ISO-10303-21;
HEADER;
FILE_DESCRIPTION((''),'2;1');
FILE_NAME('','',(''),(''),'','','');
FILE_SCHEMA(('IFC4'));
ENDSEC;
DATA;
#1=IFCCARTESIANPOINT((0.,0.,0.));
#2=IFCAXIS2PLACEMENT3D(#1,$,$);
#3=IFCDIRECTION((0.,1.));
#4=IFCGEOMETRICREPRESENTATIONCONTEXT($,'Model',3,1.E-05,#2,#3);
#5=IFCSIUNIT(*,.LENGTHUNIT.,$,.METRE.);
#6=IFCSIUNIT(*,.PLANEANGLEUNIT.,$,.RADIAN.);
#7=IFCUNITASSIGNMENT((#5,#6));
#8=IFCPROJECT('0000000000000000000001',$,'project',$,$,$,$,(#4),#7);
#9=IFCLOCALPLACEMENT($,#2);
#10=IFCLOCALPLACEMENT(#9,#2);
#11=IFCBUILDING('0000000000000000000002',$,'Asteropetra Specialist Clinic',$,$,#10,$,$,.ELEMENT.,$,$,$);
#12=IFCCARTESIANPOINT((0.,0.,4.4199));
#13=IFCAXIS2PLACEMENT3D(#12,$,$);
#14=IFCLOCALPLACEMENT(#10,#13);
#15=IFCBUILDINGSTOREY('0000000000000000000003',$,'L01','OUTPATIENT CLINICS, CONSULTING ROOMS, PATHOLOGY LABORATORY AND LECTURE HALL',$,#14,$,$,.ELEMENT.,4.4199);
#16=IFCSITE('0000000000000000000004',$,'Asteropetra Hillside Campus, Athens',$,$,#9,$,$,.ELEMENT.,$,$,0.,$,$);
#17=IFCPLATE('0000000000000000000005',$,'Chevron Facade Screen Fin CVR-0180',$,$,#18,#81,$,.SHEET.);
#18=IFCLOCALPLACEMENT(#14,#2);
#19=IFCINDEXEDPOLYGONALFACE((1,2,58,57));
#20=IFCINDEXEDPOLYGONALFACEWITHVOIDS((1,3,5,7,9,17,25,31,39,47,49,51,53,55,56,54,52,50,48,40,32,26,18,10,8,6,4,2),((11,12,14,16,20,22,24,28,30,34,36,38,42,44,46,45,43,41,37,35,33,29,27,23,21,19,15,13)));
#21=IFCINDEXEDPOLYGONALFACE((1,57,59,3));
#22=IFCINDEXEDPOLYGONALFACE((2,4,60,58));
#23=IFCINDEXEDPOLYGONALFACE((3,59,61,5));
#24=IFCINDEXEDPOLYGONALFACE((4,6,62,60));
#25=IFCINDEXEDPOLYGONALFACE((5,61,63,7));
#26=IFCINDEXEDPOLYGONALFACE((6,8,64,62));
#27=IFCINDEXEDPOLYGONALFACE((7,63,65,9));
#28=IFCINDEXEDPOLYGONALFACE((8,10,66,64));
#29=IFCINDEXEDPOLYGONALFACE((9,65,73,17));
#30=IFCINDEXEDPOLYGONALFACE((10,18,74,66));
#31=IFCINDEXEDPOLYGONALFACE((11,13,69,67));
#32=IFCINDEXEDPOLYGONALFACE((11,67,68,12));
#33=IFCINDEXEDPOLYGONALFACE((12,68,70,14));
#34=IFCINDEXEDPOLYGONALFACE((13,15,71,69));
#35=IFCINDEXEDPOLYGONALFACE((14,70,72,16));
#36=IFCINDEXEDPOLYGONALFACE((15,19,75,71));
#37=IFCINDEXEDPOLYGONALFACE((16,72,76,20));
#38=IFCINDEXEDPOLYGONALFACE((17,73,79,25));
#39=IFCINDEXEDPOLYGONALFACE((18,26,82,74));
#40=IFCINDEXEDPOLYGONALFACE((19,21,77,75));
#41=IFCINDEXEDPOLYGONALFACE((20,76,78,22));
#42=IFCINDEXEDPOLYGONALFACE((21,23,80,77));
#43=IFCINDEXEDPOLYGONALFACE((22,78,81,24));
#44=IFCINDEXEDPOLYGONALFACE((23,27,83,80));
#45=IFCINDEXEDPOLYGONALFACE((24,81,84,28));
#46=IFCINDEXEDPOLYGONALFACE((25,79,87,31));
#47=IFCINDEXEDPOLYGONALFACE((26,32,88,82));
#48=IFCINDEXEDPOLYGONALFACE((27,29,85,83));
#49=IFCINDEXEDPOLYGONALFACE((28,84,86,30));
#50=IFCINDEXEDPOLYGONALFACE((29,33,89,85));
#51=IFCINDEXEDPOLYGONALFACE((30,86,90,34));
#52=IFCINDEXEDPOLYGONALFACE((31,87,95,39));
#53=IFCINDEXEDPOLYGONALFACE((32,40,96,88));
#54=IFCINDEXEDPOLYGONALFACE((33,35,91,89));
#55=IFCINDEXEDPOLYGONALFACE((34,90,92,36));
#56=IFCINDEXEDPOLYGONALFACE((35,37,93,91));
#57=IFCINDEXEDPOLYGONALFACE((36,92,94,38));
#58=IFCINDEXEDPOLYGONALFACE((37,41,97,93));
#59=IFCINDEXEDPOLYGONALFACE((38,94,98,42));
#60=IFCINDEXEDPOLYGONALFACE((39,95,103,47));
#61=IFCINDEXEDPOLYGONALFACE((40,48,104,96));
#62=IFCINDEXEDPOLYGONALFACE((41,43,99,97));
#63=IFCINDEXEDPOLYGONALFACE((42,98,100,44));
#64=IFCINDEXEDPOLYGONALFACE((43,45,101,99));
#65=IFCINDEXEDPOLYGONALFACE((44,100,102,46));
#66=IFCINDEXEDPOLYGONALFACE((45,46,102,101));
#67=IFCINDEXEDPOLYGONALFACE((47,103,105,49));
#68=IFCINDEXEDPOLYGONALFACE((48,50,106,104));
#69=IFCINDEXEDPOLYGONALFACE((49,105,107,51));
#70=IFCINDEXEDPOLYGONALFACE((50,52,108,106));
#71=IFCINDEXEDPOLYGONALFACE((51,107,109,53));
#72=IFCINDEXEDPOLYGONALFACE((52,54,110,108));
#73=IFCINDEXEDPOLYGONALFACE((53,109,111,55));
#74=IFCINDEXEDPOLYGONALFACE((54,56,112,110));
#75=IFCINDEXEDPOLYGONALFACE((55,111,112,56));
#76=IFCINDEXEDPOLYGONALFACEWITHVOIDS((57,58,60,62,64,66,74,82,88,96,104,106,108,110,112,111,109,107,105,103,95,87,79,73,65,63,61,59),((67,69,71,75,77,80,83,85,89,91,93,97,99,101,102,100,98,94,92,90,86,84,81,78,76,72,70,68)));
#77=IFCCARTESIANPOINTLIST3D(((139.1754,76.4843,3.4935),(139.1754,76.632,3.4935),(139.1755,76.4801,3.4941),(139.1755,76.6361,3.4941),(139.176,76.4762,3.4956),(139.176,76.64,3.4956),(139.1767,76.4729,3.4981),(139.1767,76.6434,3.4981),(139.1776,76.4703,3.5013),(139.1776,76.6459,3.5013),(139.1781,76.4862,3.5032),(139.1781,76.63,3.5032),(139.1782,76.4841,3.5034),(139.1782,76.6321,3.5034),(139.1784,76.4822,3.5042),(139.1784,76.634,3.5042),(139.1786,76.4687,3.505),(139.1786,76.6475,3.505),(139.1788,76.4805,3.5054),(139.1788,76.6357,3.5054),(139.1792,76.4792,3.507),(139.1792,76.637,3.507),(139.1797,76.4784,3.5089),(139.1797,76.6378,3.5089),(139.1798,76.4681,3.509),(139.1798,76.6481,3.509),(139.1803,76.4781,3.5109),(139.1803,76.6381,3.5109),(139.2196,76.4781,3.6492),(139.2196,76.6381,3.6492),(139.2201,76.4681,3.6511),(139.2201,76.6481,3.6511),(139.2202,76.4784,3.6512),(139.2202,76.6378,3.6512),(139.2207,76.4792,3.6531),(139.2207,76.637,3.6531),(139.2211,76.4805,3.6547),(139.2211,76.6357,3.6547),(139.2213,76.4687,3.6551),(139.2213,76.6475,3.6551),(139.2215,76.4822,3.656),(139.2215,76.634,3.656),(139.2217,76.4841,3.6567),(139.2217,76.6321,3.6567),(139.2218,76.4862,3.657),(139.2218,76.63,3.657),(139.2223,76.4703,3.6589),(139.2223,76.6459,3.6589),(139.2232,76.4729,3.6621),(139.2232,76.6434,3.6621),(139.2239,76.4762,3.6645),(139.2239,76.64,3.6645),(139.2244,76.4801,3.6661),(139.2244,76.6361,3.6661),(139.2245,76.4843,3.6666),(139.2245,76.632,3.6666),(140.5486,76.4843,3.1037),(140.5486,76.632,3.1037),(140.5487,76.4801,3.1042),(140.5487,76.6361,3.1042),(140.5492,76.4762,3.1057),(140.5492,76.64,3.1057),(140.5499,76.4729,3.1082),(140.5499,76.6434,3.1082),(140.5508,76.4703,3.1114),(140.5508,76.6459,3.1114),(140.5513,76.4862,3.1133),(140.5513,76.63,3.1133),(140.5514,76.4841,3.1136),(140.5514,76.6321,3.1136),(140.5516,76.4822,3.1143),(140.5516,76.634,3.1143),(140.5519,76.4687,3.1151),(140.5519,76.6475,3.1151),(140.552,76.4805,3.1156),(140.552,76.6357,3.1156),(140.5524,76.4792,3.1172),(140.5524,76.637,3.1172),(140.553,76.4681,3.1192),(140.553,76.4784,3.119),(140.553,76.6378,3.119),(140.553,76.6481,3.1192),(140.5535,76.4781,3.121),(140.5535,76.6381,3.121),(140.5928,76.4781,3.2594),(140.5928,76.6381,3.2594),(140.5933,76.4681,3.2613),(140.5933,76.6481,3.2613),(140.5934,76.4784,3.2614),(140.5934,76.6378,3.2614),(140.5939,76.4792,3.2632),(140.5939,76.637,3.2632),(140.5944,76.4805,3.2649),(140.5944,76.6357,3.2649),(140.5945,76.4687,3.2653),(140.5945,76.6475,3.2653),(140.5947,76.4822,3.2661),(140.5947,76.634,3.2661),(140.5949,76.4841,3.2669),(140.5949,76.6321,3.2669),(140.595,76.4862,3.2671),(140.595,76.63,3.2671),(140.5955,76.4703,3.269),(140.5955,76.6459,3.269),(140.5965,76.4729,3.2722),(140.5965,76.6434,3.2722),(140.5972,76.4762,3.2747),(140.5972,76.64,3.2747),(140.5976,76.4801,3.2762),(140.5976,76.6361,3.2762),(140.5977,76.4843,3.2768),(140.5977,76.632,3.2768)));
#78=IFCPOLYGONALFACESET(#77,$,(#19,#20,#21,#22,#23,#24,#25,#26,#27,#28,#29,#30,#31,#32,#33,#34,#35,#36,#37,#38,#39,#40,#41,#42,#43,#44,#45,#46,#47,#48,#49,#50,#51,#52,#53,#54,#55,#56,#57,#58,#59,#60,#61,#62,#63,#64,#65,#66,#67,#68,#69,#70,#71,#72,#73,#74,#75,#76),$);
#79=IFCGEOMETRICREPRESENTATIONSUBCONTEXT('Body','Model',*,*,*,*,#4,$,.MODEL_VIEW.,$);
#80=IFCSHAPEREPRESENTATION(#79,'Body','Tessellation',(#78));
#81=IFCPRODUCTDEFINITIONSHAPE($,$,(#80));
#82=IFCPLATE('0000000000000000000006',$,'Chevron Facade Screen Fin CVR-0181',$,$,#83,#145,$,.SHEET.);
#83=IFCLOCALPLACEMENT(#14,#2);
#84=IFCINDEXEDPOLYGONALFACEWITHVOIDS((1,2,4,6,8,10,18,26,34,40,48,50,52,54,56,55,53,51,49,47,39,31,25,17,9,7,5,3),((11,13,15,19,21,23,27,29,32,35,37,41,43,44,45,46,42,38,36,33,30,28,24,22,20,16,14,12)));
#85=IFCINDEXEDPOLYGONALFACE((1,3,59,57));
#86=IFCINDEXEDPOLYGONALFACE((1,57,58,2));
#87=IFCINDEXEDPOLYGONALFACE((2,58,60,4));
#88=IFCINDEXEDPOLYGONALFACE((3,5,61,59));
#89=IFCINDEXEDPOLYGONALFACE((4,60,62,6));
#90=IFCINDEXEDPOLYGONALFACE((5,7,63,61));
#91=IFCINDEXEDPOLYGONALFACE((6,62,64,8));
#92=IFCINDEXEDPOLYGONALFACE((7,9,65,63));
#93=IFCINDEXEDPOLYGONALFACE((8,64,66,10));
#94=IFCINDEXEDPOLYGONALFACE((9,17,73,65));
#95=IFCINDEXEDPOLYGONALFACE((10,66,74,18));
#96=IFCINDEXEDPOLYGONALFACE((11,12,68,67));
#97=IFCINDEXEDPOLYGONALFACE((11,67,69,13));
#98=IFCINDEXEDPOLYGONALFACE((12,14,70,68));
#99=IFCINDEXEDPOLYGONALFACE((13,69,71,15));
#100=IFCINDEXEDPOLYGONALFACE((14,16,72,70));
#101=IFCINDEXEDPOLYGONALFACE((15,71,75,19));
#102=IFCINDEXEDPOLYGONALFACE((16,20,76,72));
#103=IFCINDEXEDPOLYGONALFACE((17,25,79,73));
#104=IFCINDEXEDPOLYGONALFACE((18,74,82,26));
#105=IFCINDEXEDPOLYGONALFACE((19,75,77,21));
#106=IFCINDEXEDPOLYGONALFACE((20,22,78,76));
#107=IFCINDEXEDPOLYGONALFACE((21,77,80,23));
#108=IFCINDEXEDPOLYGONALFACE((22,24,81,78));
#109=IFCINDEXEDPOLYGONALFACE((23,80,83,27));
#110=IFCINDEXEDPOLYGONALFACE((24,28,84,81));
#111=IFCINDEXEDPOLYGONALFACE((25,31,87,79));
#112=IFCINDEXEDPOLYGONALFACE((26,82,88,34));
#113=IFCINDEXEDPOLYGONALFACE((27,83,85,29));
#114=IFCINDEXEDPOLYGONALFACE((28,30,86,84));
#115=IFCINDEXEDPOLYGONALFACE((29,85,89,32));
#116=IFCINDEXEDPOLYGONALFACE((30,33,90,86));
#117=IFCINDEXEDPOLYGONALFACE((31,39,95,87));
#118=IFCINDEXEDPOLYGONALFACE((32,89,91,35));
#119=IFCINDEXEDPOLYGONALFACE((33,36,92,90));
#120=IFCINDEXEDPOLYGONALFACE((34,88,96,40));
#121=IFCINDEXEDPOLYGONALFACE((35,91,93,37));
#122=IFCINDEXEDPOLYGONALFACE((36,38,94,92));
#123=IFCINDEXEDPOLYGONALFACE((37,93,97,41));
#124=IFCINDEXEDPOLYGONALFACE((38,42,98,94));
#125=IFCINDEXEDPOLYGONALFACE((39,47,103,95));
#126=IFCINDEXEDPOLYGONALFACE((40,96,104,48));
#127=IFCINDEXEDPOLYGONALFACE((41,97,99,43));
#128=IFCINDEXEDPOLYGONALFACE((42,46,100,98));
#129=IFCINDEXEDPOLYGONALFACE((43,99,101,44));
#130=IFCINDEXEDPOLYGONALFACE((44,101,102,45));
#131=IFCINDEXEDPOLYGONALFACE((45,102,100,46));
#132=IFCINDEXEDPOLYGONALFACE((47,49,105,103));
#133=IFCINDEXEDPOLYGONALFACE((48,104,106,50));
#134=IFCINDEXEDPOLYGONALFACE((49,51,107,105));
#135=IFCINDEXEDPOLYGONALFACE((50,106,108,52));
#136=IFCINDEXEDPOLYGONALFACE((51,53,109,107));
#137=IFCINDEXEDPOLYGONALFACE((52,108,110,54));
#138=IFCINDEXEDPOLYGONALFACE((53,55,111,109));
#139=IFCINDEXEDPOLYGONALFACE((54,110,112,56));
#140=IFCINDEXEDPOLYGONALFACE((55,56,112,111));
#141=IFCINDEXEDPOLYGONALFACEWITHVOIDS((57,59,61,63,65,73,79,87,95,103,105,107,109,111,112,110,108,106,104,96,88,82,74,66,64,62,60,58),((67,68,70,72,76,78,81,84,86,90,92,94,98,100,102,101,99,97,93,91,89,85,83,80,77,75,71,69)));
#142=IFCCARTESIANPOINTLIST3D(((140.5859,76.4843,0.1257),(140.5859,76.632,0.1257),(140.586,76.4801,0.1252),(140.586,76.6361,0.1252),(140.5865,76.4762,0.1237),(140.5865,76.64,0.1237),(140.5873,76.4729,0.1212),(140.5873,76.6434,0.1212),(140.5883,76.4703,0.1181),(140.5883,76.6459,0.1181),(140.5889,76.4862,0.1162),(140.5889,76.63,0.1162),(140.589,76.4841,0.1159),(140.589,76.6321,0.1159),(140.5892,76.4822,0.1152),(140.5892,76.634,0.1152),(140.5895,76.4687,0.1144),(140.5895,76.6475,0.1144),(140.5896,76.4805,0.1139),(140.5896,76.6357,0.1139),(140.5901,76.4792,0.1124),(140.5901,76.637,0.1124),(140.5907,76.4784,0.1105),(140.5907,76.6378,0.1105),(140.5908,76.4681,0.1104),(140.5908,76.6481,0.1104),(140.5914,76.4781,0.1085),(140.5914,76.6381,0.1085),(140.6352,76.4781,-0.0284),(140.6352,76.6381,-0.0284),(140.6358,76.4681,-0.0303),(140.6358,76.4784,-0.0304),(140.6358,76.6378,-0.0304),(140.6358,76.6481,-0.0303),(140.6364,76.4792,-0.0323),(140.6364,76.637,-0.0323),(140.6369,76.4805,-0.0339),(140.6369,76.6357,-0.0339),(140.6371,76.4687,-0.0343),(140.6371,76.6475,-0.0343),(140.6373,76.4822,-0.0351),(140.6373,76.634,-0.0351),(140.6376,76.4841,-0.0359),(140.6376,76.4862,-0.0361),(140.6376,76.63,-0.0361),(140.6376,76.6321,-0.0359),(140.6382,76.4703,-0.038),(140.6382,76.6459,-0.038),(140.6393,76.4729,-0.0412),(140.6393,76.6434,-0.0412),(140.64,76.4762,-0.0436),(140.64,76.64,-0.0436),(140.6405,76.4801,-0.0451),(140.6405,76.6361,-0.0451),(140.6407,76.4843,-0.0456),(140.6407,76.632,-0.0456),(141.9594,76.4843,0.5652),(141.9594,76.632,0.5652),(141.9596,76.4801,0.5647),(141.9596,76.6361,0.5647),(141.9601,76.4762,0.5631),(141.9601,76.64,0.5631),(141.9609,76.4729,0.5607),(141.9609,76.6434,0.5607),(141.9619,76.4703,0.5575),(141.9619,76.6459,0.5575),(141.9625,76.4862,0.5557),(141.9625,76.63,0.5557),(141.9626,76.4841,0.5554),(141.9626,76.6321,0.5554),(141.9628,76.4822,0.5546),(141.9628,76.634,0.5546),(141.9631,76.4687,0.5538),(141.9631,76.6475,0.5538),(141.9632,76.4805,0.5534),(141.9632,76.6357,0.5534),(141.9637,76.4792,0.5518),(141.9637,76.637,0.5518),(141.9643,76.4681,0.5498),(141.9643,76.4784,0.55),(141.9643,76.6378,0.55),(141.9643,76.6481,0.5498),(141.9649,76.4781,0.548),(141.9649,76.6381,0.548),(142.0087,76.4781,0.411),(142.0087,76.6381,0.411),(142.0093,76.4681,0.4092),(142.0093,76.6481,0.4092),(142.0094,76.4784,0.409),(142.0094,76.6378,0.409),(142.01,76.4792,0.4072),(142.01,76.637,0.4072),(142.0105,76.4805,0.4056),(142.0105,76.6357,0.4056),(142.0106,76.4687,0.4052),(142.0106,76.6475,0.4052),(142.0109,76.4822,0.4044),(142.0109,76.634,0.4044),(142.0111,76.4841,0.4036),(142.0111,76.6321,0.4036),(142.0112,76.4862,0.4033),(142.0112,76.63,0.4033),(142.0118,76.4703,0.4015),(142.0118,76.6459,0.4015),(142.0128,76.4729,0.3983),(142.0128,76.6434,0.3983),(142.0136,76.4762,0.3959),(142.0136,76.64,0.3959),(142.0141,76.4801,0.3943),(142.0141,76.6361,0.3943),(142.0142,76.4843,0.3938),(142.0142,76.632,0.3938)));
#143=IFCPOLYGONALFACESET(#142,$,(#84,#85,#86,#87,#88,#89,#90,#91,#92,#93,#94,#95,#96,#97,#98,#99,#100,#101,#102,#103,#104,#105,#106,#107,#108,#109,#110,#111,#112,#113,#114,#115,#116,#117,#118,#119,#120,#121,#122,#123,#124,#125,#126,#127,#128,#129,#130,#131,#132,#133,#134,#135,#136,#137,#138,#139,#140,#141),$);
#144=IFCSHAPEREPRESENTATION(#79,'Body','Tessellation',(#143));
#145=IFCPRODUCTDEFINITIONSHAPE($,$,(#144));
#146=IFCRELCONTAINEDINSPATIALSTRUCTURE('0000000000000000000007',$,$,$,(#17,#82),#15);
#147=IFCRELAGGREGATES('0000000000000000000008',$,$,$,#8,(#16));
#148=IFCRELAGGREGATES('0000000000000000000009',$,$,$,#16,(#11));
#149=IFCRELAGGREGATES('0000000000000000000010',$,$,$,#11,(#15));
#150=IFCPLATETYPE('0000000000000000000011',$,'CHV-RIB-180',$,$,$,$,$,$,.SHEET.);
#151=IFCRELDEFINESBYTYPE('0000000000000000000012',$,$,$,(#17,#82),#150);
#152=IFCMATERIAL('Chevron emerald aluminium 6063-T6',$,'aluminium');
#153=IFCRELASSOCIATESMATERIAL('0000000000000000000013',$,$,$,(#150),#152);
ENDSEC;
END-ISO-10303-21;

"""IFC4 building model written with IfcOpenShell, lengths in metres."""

from ifc_helpers import new_model, si_unit, direction, frame, origin, origin_2d, place, context, subcontext, project, spatial, hollow_rectangle, extrude, material, material_profile, profile_set, type_object, element, save


model = new_model("IFC4")

# Units and contexts
model_context = context("Model", 3, precision=1e-05, world=origin(), true_north=direction((0.0, 1.0)))
body_context = subcontext(model_context, "Body", "Model", "MODEL_VIEW")
ifc_project = project(units=[si_unit("LENGTHUNIT", "METRE"), si_unit("PLANEANGLEUNIT", "RADIAN")], contexts=[model_context])

# Site, building, storey
site_placement = place(None, origin())
site = spatial("IfcSite", under=ifc_project, at=site_placement, Name="Asteropetra Hillside Campus, Athens", CompositionType="ELEMENT", RefElevation=0.0)
building_placement = place(site_placement, origin())
building = spatial("IfcBuilding", under=site, at=building_placement, Name="Asteropetra Specialist Clinic", CompositionType="ELEMENT")
storey_placement = place(building_placement, frame((0.0, 0.0, 4.4199)))
storey = spatial("IfcBuildingStorey", under=building, at=storey_placement, Name="L01", Description="OUTPATIENT CLINICS, CONSULTING ROOMS, PATHOLOGY LABORATORY AND LECTURE HALL", CompositionType="ELEMENT", Elevation=4.4199)

# Plates
ifc_material_1 = material(Name="Chevron emerald aluminium 6063-T6", Category="aluminium")
ifc_material_profile_1 = material_profile(ifc_material_1, hollow_rectangle(XDim=0.1799, YDim=0.1799, WallThickness=0.01, InnerFilletRadius=0.0081, OuterFilletRadius=0.0161, at=origin_2d()), Name="SHS 180x180x10.0")
ifc_profile_set_1 = profile_set([ifc_material_profile_1], Name="Chevron emerald aluminium 6063-T6")
plate_type = type_object("IfcPlateType", Name="CHV-RIB-180", PredefinedType="SHEET", material=ifc_profile_set_1)
for number, where, z_axis, x_axis, name in (
    (1, (139.2, 76.5581, 3.5801), (0.961981, 0.0, -0.273117), (0.0, 1.0, 0.0), "Chevron Facade Screen Fin CVR-0180"),
):
    element("IfcPlate", number, at=place(storey_placement, frame(where, z_axis=z_axis, x_axis=x_axis)), inside=storey, type_object=plate_type, Name=name, PredefinedType="SHEET", context=body_context, shape_type="SweptSolid", body=[
        extrude(hollow_rectangle(XDim=0.1799, YDim=0.1799, WallThickness=0.01, InnerFilletRadius=0.0081, OuterFilletRadius=0.0161, at=origin_2d()), origin(), (0.0, 0.0, 1.0), 1.4275),
    ])
plate_1_placement = place(storey_placement, frame((140.6133, 76.5581, 0.04), z_axis=(0.95244, 0.0, 0.304727), x_axis=(0.0, 1.0, 0.0)))
element("IfcPlate", 2, at=plate_1_placement, inside=storey, type_object=plate_type, Name="Chevron Facade Screen Fin CVR-0181", PredefinedType="SHEET", context=body_context, shape_type="SweptSolid", body=[
    extrude(hollow_rectangle(XDim=0.1799, YDim=0.1799, WallThickness=0.01, InnerFilletRadius=0.0081, OuterFilletRadius=0.0161, at=origin_2d()), origin(), (0.0, 0.0, 1.0), 1.4421),
])

save(model, "model.ifc")
